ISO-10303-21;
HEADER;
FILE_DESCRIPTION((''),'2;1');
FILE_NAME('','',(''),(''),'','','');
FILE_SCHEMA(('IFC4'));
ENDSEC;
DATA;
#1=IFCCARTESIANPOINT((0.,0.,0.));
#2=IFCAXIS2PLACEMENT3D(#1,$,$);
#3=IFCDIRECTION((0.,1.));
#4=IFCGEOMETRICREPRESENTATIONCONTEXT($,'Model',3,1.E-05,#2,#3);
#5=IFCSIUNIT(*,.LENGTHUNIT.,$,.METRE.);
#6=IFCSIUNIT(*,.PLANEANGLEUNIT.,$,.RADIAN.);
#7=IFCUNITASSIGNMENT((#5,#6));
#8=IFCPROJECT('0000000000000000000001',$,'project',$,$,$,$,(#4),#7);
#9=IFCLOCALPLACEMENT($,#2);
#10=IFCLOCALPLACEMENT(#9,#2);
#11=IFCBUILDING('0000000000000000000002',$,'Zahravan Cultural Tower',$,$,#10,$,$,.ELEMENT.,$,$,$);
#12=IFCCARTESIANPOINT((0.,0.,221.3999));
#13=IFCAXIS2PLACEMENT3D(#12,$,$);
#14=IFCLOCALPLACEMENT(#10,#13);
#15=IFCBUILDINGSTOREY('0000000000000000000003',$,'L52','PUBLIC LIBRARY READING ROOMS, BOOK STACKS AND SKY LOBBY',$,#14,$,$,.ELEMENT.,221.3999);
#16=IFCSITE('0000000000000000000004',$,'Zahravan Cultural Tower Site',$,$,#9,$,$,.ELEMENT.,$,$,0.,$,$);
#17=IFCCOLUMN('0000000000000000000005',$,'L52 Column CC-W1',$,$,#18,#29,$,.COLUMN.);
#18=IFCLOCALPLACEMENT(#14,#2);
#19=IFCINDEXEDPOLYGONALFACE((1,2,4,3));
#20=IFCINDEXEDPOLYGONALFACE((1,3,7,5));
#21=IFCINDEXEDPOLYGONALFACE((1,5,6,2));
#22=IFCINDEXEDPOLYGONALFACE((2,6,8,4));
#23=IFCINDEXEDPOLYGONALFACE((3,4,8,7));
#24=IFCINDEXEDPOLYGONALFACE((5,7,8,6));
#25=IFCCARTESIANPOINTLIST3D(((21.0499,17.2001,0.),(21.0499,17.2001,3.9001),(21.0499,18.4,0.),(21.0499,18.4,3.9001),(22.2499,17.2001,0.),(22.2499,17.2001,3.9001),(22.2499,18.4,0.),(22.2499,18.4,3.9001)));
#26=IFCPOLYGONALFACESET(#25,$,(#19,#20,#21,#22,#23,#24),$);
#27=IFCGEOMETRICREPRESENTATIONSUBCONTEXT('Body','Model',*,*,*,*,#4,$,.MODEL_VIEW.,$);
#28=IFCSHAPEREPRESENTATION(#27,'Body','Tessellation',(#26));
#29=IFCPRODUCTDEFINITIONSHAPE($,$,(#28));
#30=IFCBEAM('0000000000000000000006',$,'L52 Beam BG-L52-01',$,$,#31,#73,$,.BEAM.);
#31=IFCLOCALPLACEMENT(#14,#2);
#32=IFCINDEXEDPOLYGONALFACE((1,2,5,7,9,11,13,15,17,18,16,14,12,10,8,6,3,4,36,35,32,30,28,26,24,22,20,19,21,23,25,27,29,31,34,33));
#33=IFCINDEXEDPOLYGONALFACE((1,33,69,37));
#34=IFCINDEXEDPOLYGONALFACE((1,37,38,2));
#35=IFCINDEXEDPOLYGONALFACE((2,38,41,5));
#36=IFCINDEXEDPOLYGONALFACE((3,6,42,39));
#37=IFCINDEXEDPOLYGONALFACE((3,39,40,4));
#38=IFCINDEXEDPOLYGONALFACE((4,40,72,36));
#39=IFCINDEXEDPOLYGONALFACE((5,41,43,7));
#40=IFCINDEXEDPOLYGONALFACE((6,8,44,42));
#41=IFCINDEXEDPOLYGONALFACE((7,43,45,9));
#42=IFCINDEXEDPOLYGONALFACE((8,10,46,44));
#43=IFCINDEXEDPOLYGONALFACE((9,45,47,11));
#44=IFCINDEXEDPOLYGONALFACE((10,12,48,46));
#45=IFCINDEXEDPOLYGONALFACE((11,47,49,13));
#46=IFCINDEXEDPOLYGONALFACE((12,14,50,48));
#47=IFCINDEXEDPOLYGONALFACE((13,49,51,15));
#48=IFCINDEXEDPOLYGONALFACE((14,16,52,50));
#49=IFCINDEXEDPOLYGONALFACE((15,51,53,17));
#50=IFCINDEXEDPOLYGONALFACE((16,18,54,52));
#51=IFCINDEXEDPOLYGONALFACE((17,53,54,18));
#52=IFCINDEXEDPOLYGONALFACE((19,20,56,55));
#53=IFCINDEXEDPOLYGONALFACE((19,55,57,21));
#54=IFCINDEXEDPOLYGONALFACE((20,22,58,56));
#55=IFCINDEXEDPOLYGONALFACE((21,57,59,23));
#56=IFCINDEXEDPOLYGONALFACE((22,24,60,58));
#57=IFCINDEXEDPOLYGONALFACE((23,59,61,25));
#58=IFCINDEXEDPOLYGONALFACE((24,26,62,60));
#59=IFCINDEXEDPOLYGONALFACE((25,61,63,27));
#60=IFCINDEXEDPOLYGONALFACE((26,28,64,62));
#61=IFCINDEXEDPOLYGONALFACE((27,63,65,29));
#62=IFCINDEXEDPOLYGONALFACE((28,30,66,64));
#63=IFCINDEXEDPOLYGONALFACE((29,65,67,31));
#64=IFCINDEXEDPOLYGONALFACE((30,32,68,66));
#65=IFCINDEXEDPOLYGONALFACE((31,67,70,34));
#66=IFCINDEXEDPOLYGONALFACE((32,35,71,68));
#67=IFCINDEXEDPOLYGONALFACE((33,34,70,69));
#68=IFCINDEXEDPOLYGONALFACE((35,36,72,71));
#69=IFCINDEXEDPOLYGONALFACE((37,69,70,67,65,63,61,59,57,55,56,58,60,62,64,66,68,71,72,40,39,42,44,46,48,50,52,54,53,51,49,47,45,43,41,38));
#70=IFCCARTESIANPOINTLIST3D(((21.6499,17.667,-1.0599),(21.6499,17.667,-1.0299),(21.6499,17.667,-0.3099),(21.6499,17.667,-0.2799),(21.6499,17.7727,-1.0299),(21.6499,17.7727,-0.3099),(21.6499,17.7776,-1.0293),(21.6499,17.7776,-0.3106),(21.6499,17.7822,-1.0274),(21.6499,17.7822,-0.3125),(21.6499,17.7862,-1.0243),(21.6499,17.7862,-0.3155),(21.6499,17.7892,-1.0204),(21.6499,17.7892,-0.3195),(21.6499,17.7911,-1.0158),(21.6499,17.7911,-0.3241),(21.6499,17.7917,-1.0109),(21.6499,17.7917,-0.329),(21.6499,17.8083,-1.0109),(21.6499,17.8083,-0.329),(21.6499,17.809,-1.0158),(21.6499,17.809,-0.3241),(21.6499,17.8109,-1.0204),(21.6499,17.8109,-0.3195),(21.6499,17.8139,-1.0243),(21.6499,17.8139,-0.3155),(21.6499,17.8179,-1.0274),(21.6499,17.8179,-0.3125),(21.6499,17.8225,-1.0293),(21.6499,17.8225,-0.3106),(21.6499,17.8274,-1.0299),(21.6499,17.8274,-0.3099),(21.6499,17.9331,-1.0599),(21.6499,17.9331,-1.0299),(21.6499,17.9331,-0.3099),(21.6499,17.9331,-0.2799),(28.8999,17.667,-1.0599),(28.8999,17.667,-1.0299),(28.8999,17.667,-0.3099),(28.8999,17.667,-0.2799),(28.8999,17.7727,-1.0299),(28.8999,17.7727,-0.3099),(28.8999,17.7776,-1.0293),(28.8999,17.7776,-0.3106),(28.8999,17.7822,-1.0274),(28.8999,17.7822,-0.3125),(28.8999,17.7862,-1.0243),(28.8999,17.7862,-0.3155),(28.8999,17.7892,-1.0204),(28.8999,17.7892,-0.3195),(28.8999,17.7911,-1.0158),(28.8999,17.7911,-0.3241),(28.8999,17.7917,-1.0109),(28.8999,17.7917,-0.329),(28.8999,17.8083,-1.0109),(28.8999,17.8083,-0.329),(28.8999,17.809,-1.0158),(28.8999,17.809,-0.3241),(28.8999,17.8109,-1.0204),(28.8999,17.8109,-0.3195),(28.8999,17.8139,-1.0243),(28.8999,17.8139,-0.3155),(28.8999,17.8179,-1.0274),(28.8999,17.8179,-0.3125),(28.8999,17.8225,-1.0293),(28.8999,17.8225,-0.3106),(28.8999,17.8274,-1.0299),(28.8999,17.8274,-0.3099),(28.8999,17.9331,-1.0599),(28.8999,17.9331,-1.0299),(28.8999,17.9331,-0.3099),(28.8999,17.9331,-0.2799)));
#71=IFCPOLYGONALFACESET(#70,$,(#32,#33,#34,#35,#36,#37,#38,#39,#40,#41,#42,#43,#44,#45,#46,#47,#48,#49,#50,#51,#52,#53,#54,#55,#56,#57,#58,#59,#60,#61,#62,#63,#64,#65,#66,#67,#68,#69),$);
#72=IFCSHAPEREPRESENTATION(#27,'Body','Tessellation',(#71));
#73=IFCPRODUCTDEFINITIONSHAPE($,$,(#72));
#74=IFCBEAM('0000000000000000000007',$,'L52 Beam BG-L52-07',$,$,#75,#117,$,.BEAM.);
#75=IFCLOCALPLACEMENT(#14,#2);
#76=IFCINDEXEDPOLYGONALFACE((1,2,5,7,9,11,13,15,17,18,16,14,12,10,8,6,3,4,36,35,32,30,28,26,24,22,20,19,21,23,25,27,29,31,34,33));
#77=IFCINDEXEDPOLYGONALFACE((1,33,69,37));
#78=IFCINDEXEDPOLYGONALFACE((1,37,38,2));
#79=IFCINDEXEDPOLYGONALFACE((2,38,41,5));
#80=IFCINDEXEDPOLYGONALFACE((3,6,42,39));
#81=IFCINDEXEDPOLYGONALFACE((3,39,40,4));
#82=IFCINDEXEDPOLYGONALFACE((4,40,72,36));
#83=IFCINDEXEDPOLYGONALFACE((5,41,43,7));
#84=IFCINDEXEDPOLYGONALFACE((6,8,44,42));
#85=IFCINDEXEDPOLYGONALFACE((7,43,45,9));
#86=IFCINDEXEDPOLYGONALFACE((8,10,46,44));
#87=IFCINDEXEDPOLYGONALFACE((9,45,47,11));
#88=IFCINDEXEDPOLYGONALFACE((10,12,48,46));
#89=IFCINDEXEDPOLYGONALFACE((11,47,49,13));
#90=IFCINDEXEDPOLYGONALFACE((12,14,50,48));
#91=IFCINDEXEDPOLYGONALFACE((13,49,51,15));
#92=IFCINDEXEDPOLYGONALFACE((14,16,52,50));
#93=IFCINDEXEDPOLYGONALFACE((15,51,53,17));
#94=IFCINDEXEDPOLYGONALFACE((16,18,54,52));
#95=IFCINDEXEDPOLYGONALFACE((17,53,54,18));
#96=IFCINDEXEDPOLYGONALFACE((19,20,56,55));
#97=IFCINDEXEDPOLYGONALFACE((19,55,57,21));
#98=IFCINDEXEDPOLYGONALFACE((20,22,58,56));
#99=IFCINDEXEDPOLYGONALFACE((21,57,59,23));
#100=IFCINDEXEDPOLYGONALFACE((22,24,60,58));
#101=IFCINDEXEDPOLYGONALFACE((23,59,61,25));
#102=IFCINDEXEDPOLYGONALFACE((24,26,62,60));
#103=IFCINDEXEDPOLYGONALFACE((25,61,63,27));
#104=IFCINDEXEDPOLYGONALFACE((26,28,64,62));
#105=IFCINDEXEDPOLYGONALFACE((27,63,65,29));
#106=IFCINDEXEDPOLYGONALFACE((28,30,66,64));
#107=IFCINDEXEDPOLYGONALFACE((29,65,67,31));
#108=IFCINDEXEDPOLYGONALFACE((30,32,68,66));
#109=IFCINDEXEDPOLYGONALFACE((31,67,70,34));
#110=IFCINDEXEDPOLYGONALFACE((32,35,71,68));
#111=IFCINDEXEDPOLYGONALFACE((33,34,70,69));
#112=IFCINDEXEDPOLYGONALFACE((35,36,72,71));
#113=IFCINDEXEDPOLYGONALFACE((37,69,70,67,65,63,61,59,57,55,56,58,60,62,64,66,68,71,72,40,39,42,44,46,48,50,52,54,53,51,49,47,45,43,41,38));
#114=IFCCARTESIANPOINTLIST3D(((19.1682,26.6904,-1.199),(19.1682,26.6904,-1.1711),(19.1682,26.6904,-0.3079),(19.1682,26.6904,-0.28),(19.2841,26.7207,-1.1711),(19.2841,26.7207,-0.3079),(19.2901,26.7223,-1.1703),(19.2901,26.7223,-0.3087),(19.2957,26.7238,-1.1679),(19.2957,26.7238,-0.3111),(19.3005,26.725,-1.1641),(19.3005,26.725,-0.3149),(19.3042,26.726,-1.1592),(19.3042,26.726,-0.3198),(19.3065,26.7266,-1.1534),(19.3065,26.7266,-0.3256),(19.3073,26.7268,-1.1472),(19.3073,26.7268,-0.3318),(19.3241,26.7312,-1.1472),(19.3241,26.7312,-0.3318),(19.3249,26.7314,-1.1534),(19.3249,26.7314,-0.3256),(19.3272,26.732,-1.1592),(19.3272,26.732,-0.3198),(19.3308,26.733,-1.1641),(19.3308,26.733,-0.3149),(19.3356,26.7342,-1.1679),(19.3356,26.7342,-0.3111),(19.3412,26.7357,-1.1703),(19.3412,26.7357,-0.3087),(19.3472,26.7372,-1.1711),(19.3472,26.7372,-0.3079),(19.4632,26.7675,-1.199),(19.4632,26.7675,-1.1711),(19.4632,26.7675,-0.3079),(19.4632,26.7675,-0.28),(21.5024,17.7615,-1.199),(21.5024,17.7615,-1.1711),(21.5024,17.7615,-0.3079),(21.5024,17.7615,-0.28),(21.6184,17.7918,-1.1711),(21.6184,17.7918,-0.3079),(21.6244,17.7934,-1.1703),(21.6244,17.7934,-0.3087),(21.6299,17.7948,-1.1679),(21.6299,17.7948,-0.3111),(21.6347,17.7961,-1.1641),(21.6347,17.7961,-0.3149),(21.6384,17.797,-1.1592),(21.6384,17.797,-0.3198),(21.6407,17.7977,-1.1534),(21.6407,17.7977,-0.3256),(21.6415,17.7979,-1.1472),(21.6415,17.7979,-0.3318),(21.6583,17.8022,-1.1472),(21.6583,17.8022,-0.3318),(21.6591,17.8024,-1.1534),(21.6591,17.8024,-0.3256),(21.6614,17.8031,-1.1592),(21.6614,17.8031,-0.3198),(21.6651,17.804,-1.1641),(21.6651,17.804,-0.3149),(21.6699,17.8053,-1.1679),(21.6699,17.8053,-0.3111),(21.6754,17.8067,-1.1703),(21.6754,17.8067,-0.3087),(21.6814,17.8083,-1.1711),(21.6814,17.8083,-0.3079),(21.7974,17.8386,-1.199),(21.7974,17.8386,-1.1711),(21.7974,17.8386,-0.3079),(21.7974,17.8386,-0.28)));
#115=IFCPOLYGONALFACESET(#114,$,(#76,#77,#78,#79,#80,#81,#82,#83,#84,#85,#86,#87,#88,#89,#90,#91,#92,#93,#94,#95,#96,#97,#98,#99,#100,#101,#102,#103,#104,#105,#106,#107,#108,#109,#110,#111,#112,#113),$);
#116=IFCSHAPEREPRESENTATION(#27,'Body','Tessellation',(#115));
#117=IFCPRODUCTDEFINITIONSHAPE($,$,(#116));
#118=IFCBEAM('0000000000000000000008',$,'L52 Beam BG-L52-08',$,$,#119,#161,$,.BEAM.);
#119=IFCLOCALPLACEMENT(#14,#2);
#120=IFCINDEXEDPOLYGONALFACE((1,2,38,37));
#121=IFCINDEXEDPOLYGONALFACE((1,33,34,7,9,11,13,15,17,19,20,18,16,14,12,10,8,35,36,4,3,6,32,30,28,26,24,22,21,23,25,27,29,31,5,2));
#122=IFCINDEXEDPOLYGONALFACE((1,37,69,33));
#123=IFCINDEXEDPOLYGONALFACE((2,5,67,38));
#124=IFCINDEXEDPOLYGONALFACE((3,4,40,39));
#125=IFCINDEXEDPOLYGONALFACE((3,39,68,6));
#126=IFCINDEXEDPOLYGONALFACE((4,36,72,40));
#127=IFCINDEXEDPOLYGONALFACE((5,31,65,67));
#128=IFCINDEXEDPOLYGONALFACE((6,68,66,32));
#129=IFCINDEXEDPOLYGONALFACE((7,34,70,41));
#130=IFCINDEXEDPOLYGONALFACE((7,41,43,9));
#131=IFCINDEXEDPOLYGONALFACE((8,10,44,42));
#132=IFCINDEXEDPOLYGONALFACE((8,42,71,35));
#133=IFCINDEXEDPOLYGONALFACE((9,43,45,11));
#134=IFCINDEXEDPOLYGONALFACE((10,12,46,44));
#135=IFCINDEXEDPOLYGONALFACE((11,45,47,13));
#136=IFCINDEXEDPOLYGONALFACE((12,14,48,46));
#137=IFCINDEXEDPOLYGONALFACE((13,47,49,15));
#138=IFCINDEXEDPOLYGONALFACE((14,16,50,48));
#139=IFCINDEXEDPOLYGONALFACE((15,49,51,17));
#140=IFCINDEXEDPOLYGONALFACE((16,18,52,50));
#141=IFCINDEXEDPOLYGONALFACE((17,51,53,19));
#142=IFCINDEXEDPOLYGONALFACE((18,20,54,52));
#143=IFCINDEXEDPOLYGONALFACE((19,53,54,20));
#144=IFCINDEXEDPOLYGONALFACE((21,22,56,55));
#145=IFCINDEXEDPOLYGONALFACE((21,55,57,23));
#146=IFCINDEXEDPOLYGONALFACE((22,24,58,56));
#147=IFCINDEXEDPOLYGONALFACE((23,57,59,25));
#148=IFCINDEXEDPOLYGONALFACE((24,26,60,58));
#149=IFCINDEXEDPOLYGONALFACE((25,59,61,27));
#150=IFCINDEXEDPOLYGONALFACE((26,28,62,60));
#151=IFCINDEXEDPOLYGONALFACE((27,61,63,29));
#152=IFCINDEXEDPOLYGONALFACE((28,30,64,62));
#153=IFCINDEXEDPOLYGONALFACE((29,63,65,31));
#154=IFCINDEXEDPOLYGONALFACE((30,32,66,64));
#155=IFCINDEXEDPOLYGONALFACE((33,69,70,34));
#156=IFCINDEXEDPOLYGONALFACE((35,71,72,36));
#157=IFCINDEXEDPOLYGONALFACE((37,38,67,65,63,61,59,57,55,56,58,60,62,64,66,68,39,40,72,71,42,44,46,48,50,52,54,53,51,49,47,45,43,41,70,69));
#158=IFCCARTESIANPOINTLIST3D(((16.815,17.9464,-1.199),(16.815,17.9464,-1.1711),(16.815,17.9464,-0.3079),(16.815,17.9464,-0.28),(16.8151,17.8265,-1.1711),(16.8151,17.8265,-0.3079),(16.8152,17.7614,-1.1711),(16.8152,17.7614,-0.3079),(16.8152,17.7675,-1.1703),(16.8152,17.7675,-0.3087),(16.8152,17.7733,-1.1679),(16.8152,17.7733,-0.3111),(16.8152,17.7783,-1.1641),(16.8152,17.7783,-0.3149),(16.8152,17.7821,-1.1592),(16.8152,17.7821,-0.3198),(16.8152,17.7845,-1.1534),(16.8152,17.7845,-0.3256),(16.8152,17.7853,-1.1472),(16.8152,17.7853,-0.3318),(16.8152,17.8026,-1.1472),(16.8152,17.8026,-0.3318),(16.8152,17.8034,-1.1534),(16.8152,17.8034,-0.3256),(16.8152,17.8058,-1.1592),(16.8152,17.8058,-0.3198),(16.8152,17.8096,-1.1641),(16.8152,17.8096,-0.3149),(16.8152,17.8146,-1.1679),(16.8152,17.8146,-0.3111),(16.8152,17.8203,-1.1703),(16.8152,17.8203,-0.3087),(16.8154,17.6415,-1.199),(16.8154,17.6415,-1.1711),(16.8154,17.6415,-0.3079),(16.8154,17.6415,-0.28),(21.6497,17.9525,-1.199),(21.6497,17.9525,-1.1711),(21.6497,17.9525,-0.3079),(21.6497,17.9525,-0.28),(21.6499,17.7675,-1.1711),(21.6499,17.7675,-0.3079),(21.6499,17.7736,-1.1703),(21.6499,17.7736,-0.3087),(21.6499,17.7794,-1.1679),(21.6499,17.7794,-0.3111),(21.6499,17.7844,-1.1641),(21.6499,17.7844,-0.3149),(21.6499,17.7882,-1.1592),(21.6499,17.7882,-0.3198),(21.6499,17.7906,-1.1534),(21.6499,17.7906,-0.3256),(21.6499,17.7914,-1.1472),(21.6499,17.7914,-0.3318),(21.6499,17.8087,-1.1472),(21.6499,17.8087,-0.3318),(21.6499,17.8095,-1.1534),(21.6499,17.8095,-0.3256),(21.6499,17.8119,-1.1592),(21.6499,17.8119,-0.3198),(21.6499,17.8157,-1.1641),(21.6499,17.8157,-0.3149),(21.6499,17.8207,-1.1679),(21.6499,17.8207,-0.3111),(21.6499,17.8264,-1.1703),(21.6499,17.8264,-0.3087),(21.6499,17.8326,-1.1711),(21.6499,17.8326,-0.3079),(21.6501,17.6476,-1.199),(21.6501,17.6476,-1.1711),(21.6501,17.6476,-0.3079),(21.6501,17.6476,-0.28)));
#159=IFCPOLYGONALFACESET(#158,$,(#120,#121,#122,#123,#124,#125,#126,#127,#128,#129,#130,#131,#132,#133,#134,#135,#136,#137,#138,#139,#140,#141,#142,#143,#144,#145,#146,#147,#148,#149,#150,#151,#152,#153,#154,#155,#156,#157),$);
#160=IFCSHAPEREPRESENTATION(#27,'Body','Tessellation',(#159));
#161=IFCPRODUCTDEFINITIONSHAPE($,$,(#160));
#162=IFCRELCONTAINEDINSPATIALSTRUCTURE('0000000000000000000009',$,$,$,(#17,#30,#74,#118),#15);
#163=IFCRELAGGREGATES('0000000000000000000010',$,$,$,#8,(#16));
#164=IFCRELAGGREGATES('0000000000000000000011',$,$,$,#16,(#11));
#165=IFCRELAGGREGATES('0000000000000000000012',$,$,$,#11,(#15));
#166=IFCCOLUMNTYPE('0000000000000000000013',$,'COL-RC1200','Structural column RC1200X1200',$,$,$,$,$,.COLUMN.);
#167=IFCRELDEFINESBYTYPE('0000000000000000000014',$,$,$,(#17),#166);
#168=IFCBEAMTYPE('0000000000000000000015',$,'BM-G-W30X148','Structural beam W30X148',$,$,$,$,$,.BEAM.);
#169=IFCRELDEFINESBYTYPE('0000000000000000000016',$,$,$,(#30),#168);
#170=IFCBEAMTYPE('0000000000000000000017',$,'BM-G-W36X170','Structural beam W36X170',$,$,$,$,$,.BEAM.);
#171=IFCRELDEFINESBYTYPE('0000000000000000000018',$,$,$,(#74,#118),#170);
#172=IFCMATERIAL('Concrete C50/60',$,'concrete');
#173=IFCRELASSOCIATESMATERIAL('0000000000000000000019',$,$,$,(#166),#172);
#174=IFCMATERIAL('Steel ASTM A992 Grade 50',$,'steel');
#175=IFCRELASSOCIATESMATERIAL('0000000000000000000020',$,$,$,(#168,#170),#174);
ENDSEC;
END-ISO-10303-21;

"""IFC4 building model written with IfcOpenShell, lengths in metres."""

from ifc_helpers import new_model, si_unit, direction, frame, origin, origin_2d, place, context, subcontext, project, spatial, rectangle, i_section, extrude, source, transform, mapped, material, material_profile, profile_set, type_object, element, save


model = new_model("IFC4")

# Units and contexts
model_context = context("Model", 3, precision=1e-05, world=origin(), true_north=direction((0.0, 1.0)))
body_context = subcontext(model_context, "Body", "Model", "MODEL_VIEW")
ifc_project = project(units=[si_unit("LENGTHUNIT", "METRE"), si_unit("PLANEANGLEUNIT", "RADIAN")], contexts=[model_context])

# Site, building, storey
site_placement = place(None, origin())
site = spatial("IfcSite", under=ifc_project, at=site_placement, Name="Zahravan Cultural Tower Site", CompositionType="ELEMENT", RefElevation=0.0)
building_placement = place(site_placement, origin())
building = spatial("IfcBuilding", under=site, at=building_placement, Name="Zahravan Cultural Tower", CompositionType="ELEMENT")
storey_placement = place(building_placement, frame((0.0, 0.0, 221.3999)))
storey = spatial("IfcBuildingStorey", under=building, at=storey_placement, Name="L52", Description="PUBLIC LIBRARY READING ROOMS, BOOK STACKS AND SKY LOBBY", CompositionType="ELEMENT", Elevation=221.3999)

# Column
ifc_material_1 = material(Name="Concrete C50/60", Category="concrete")
ifc_material_profile_1 = material_profile(ifc_material_1, rectangle(XDim=1.2, YDim=1.2, at=origin_2d()), Name="RC1200X1200")
ifc_profile_set_1 = profile_set([ifc_material_profile_1], Name="Concrete C50/60")
column_type = type_object("IfcColumnType", Name="COL-RC1200", Description="Structural column RC1200X1200", PredefinedType="COLUMN", material=ifc_profile_set_1)
shared_shape_1 = source(origin(), body_context, "Body", "SweptSolid", [
    extrude(rectangle(XDim=1.2, YDim=1.2, at=origin_2d()), origin(), (0.0, 0.0, 1.0), 3.9001),
])
column_placement = place(storey_placement, frame((21.6499, 17.8, 0.0), z_axis=(0.0, 0.0, 1.0), x_axis=(1.0, 0.0, 0.0)))
element("IfcColumn", 1, at=column_placement, inside=storey, type_object=column_type, Name="L52 Column CC-W1", PredefinedType="COLUMN", context=body_context, shape_type="MappedRepresentation", body=[
    mapped(shared_shape_1, transform((0.0, 0.0, 0.0), x_axis=(1.0, 0.0, 0.0), y_axis=(0.0, 1.0, 0.0), z_axis=(0.0, 0.0, 1.0), scale=1.0)),
])

# Beams
ifc_material_2 = material(Name="Steel ASTM A992 Grade 50", Category="steel")
ifc_material_profile_2 = material_profile(ifc_material_2, i_section(OverallWidth=0.2661, OverallDepth=0.78, WebThickness=0.0166, FlangeThickness=0.03, FilletRadius=0.019, at=origin_2d()), Name="W30X148")
ifc_profile_set_2 = profile_set([ifc_material_profile_2], Name="Steel ASTM A992 Grade 50")
beam_type_1 = type_object("IfcBeamType", Name="BM-G-W30X148", Description="Structural beam W30X148", PredefinedType="BEAM", material=ifc_profile_set_2)
shared_shape_2 = source(origin(), body_context, "Body", "SweptSolid", [
    extrude(i_section(OverallWidth=0.2661, OverallDepth=0.78, WebThickness=0.0166, FlangeThickness=0.03, FilletRadius=0.019, at=origin_2d()), origin(), (0.0, 0.0, 1.0), 7.25),
])
beam_1_placement = place(storey_placement, frame((21.6499, 17.8, -0.6699), z_axis=(1.0, 0.0, 0.0), x_axis=(0.0, 1.0, 0.0)))
element("IfcBeam", 2, at=beam_1_placement, inside=storey, type_object=beam_type_1, Name="L52 Beam BG-L52-01", PredefinedType="BEAM", context=body_context, shape_type="MappedRepresentation", body=[
    mapped(shared_shape_2, transform((0.0, 0.0, 0.0), x_axis=(1.0, 0.0, 0.0), y_axis=(0.0, 1.0, 0.0), z_axis=(0.0, 0.0, 1.0), scale=1.0)),
])
ifc_material_profile_3 = material_profile(ifc_material_2, i_section(OverallWidth=0.3049, OverallDepth=0.9189, WebThickness=0.0173, FlangeThickness=0.0278, FilletRadius=0.0239, at=origin_2d()), Name="W36X170")
ifc_profile_set_3 = profile_set([ifc_material_profile_3], Name="Steel ASTM A992 Grade 50")
beam_type_2 = type_object("IfcBeamType", Name="BM-G-W36X170", Description="Structural beam W36X170", PredefinedType="BEAM", material=ifc_profile_set_3)
shared_shape_3 = source(origin(), body_context, "Body", "SweptSolid", [
    extrude(i_section(OverallWidth=0.3049, OverallDepth=0.9189, WebThickness=0.0173, FlangeThickness=0.0278, FilletRadius=0.0239, at=origin_2d()), origin(), (0.0, 0.0, 1.0), 9.229),
])
beam_2_placement = place(storey_placement, frame((21.6499, 17.8, -0.7395), z_axis=(-0.252923, 0.967487, 0.0), x_axis=(-0.967487, -0.252923, 0.0)))
element("IfcBeam", 3, at=beam_2_placement, inside=storey, type_object=beam_type_2, Name="L52 Beam BG-L52-07", PredefinedType="BEAM", context=body_context, shape_type="MappedRepresentation", body=[
    mapped(shared_shape_3, transform((0.0, 0.0, 0.0), x_axis=(1.0, 0.0, 0.0), y_axis=(0.0, 1.0, 0.0), z_axis=(0.0, 0.0, 1.0), scale=1.0)),
])
shared_shape_4 = source(origin(), body_context, "Body", "SweptSolid", [
    extrude(i_section(OverallWidth=0.3049, OverallDepth=0.9189, WebThickness=0.0173, FlangeThickness=0.0278, FilletRadius=0.0239, at=origin_2d()), origin(), (0.0, 0.0, 1.0), 4.8347),
])
beam_3_placement = place(storey_placement, frame((21.6499, 17.8, -0.7395), z_axis=(-0.999999, -0.001262, 0.0), x_axis=(0.001262, -0.999999, 0.0)))
element("IfcBeam", 4, at=beam_3_placement, inside=storey, type_object=beam_type_2, Name="L52 Beam BG-L52-08", PredefinedType="BEAM", context=body_context, shape_type="MappedRepresentation", body=[
    mapped(shared_shape_4, transform((0.0, 0.0, 0.0), x_axis=(1.0, 0.0, 0.0), y_axis=(0.0, 1.0, 0.0), z_axis=(0.0, 0.0, 1.0), scale=1.0)),
])

save(model, "model.ifc")
